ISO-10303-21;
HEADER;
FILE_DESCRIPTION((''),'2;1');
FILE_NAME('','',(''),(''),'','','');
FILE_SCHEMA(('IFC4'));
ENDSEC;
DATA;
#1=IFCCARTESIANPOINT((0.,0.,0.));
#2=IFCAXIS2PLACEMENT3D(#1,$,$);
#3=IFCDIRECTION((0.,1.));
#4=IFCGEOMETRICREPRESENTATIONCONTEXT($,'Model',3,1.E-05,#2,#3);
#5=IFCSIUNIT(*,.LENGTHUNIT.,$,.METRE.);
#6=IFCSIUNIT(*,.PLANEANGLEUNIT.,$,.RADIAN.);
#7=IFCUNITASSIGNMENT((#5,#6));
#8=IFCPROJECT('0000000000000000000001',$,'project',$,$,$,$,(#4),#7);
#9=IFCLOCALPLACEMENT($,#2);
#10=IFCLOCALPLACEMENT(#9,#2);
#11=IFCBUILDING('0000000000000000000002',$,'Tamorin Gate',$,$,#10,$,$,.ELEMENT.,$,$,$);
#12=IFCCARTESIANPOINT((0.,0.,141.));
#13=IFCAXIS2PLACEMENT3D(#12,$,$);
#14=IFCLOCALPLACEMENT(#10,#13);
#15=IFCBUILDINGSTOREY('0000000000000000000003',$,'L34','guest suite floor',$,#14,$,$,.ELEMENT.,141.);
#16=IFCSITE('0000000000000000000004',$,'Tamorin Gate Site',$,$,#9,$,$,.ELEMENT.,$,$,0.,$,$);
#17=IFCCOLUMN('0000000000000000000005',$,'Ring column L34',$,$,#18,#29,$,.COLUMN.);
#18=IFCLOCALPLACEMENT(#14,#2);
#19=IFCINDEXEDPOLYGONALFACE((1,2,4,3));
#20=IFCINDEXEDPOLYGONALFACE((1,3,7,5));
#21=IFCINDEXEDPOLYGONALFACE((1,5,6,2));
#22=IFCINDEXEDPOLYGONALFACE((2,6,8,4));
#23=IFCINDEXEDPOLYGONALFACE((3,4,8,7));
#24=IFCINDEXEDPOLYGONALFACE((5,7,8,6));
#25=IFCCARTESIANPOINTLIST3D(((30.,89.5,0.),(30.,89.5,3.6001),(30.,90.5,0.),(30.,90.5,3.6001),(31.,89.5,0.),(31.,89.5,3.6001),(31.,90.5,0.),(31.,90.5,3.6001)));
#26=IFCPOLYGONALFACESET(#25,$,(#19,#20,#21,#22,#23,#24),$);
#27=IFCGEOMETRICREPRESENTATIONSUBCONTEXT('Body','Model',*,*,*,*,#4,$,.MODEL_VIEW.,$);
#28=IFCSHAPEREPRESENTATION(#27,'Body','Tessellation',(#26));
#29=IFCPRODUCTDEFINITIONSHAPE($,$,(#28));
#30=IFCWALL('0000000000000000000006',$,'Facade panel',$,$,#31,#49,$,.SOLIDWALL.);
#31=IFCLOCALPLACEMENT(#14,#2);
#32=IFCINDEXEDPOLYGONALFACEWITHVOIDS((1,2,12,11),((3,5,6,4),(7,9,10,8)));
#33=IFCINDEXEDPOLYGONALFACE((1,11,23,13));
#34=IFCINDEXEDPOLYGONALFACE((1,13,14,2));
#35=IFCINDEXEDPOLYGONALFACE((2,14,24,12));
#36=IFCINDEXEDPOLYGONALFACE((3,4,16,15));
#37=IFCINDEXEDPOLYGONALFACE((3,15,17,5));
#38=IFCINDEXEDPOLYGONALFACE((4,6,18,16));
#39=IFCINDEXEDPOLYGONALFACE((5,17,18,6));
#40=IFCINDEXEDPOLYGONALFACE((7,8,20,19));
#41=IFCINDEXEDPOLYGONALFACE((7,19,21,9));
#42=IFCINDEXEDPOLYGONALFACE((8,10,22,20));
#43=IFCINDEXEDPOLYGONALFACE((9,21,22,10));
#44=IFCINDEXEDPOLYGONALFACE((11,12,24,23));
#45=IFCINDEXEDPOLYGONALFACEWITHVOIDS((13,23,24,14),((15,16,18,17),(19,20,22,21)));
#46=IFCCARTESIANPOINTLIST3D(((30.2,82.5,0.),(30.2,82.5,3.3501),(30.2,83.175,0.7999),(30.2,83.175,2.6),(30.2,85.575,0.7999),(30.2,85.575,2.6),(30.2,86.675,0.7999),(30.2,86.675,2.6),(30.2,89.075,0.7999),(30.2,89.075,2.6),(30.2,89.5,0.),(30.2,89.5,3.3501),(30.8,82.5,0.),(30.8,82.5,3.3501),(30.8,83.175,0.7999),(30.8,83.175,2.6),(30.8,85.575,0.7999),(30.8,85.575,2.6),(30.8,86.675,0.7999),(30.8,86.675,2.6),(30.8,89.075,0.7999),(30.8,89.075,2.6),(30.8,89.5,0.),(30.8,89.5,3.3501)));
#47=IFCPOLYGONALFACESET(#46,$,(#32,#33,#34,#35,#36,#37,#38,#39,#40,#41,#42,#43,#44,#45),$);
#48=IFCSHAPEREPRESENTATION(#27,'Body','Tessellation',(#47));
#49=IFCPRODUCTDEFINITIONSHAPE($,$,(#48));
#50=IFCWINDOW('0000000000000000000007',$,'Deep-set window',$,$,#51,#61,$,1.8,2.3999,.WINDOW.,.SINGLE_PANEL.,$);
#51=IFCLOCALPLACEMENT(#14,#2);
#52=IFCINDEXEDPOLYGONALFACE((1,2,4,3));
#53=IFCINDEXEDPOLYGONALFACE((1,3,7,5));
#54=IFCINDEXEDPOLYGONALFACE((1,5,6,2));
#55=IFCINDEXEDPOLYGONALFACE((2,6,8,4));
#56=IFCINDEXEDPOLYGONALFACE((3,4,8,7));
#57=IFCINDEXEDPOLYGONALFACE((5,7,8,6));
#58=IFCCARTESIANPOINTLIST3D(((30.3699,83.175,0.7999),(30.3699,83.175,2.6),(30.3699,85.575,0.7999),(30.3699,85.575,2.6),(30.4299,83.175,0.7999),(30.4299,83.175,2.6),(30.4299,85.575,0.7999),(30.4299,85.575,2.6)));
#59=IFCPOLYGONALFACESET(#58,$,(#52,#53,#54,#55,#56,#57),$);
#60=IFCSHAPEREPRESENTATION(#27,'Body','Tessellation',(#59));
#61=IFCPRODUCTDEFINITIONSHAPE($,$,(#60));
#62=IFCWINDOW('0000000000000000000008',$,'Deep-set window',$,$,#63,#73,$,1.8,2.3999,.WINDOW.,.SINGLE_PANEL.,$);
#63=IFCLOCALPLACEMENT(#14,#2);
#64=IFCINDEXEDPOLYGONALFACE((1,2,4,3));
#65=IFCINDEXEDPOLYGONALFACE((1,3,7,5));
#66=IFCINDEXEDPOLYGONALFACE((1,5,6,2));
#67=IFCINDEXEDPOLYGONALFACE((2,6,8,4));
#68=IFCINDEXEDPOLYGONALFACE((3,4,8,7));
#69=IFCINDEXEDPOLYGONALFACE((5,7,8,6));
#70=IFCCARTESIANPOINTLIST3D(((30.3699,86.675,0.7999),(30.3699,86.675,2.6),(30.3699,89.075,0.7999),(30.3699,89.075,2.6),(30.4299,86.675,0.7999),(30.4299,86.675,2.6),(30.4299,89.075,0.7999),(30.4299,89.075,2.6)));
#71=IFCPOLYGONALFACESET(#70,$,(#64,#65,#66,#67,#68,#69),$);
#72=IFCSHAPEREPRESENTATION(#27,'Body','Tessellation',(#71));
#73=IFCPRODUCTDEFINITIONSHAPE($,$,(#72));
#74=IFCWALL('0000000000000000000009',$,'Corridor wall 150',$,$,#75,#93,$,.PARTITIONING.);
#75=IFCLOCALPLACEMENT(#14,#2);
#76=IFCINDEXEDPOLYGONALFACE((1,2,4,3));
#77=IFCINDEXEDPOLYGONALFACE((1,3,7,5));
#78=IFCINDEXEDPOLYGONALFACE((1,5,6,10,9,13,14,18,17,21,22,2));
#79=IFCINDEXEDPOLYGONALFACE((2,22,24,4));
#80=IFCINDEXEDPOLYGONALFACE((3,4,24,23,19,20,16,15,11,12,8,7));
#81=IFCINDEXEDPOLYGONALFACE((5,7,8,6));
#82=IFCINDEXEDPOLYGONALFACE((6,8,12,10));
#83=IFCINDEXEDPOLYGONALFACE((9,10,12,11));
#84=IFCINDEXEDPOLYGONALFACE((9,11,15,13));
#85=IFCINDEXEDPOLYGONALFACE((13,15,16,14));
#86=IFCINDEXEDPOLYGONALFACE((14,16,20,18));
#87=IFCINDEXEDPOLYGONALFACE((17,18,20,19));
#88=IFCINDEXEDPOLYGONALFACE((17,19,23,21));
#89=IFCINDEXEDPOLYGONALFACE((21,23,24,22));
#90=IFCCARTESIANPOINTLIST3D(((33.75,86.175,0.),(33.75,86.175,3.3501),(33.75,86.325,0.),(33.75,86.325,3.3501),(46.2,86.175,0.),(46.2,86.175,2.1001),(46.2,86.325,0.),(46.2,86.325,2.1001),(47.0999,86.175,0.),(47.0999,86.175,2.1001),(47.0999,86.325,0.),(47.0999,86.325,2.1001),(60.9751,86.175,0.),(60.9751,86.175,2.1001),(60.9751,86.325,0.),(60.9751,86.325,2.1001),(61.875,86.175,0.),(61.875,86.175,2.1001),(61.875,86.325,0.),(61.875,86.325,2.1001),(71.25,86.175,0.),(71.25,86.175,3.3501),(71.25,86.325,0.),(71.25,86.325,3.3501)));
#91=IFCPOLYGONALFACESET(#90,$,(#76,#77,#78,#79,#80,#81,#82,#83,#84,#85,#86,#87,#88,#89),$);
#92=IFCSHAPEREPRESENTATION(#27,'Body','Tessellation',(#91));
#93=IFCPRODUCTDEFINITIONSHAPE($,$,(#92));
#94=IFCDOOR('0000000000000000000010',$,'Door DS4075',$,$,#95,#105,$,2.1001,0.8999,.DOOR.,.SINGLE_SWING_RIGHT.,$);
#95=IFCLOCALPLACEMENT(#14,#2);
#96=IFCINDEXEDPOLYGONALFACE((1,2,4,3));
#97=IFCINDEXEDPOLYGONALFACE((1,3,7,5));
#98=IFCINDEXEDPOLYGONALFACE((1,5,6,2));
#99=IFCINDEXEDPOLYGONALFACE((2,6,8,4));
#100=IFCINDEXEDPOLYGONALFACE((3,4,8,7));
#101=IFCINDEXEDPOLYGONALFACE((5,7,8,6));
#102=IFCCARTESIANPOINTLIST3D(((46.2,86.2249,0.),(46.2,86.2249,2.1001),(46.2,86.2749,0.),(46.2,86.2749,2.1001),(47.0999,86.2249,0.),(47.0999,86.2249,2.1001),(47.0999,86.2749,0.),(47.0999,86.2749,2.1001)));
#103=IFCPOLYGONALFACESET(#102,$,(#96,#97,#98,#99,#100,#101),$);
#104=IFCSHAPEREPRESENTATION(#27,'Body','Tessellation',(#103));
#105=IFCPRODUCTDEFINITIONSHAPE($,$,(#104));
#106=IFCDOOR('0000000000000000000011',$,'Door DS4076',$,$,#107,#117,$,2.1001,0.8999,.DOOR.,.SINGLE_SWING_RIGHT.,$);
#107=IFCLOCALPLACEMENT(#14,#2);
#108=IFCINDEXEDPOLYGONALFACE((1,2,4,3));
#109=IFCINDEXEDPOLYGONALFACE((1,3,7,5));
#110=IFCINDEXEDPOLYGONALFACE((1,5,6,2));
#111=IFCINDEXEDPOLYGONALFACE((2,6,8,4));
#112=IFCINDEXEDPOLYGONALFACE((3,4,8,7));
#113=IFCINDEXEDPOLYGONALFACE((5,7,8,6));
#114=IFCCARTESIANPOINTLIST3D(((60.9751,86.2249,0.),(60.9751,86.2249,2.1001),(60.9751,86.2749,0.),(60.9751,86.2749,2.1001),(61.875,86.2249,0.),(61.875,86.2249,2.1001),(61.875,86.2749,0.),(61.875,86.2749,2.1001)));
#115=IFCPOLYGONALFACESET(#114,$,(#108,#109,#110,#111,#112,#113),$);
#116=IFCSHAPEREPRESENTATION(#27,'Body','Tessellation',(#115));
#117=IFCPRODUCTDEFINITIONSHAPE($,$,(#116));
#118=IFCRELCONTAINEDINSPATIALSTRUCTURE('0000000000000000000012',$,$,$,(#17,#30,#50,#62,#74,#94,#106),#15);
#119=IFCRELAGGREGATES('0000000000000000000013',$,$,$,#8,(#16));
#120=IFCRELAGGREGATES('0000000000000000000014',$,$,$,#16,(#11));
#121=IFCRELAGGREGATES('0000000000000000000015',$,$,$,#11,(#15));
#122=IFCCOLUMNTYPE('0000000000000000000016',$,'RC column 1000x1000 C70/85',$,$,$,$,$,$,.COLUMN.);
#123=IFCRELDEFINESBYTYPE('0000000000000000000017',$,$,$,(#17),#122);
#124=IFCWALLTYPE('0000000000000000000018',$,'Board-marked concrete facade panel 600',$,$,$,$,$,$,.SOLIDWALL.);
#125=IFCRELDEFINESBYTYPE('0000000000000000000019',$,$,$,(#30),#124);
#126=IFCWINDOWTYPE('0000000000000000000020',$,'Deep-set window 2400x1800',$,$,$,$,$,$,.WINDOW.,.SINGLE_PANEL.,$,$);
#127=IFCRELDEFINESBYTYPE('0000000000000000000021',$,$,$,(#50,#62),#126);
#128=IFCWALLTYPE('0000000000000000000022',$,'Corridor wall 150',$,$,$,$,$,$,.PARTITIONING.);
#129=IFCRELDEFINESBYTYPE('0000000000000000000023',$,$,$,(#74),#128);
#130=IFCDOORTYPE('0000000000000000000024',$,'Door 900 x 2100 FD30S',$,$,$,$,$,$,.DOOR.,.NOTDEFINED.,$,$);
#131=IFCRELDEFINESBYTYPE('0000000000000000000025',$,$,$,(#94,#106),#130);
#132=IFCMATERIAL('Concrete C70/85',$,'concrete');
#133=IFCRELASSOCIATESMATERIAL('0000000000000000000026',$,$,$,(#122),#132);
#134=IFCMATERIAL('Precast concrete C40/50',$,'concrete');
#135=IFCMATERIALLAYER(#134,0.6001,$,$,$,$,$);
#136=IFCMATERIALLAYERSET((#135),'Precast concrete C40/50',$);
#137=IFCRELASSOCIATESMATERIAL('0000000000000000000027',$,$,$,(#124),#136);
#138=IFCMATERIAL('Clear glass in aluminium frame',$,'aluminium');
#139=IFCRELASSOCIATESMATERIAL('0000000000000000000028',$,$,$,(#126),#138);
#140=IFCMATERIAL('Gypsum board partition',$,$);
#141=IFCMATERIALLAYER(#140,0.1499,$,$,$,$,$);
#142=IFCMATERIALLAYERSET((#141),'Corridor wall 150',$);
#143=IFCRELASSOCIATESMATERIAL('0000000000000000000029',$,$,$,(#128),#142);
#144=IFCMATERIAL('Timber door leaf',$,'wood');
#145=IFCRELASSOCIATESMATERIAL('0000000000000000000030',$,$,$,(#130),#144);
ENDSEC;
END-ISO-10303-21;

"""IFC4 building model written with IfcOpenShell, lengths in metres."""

from ifc_helpers import new_model, si_unit, direction, frame, frame_2d, origin, origin_2d, place, context, subcontext, project, spatial, rectangle, extrude, material, layer, layer_set, material_profile, profile_set, type_object, element, fill, save


model = new_model("IFC4")

# Units and contexts
model_context = context("Model", 3, precision=1e-05, world=origin(), true_north=direction((0.0, 1.0)))
body_context = subcontext(model_context, "Body", "Model", "MODEL_VIEW")
ifc_project = project(units=[si_unit("LENGTHUNIT", "METRE"), si_unit("PLANEANGLEUNIT", "RADIAN")], contexts=[model_context])

# Site, building, storey
site_placement = place(None, origin())
site = spatial("IfcSite", under=ifc_project, at=site_placement, Name="Tamorin Gate Site", CompositionType="ELEMENT", RefElevation=0.0)
building_placement = place(site_placement, origin())
building = spatial("IfcBuilding", under=site, at=building_placement, Name="Tamorin Gate", CompositionType="ELEMENT")
storey_placement = place(building_placement, frame((0.0, 0.0, 141.0)))
storey = spatial("IfcBuildingStorey", under=building, at=storey_placement, Name="L34", Description="guest suite floor", CompositionType="ELEMENT", Elevation=141.0)

# Column
ifc_material_1 = material(Name="Concrete C70/85", Category="concrete")
ifc_material_profile = material_profile(ifc_material_1, rectangle(XDim=1.0, YDim=1.0, at=origin_2d()), Name="RC 1000x1000")
ifc_profile_set = profile_set([ifc_material_profile], Name="Concrete C70/85")
column_type = type_object("IfcColumnType", Name="RC column 1000x1000 C70/85", PredefinedType="COLUMN", material=ifc_profile_set)
column_placement = place(storey_placement, frame((30.5, 90.0, 0.0), z_axis=(0.0, 0.0, 1.0), x_axis=(1.0, 0.0, 0.0)))
element("IfcColumn", 1, at=column_placement, inside=storey, type_object=column_type, Name="Ring column L34", PredefinedType="COLUMN", context=body_context, shape_type="SweptSolid", body=[
    extrude(rectangle(XDim=1.0, YDim=1.0, at=origin_2d()), origin(), (0.0, 0.0, 1.0), 3.6001),
])

# Wall, openings, windows
ifc_material_2 = material(Name="Precast concrete C40/50", Category="concrete")
ifc_layer_1 = layer(ifc_material_2, 0.6001)
ifc_layer_set_1 = layer_set([ifc_layer_1], Name="Precast concrete C40/50")
wall_type_1 = type_object("IfcWallType", Name="Board-marked concrete facade panel 600", PredefinedType="SOLIDWALL", material=ifc_layer_set_1)
wall_1_placement = place(storey_placement, frame((30.5, 89.5, 0.0), z_axis=(0.0, 0.0, 1.0), x_axis=(0.0, -1.0, 0.0)))
wall_1 = element("IfcWall", 2, at=wall_1_placement, inside=storey, type_object=wall_type_1, Name="Facade panel", PredefinedType="SOLIDWALL", context=body_context, shape_type="SweptSolid", body=[
    extrude(rectangle(XDim=7.0, YDim=0.6001, at=frame_2d((3.5, 0.0))), origin(), (0.0, 0.0, 1.0), 3.3501),
])
opening_1_placement = place(wall_1_placement, frame((3.925, 0.0, 0.8)))
opening_1 = element("IfcOpeningElement", 3, at=opening_1_placement, cuts=wall_1, PredefinedType="OPENING", context=body_context, shape_type="SweptSolid", body=[
    extrude(rectangle(XDim=2.3999, YDim=1.8, at=frame_2d((1.2, 0.8999))), frame((0.0, 0.3101, 0.0), z_axis=(0.0, -1.0, 0.0), x_axis=(1.0, 0.0, 0.0)), (0.0, 0.0, 1.0), 0.6201),
])
opening_2_placement = place(wall_1_placement, frame((0.425, 0.0, 0.8)))
opening_2 = element("IfcOpeningElement", 4, at=opening_2_placement, cuts=wall_1, PredefinedType="OPENING", context=body_context, shape_type="SweptSolid", body=[
    extrude(rectangle(XDim=2.3999, YDim=1.8, at=frame_2d((1.2, 0.8999))), frame((0.0, 0.3101, 0.0), z_axis=(0.0, -1.0, 0.0), x_axis=(1.0, 0.0, 0.0)), (0.0, 0.0, 1.0), 0.6201),
])
ifc_material_3 = material(Name="Clear glass in aluminium frame", Category="aluminium")
window_type = type_object("IfcWindowType", Name="Deep-set window 2400x1800", PartitioningType="SINGLE_PANEL", PredefinedType="WINDOW", material=ifc_material_3)
window_1_placement = place(opening_1_placement, origin())
window_1 = element("IfcWindow", 5, at=window_1_placement, inside=storey, type_object=window_type, Name="Deep-set window", OverallHeight=1.8, OverallWidth=2.3999, PartitioningType="SINGLE_PANEL", PredefinedType="WINDOW", context=body_context, shape_type="SweptSolid", body=[
    extrude(rectangle(XDim=2.3999, YDim=1.8, at=frame_2d((1.2, 0.8999))), frame((0.0, -0.0701, 0.0), z_axis=(0.0, -1.0, 0.0), x_axis=(1.0, 0.0, 0.0)), (0.0, 0.0, 1.0), 0.0601),
])
fill(opening_1, window_1)
window_2_placement = place(opening_2_placement, origin())
window_2 = element("IfcWindow", 6, at=window_2_placement, inside=storey, type_object=window_type, Name="Deep-set window", OverallHeight=1.8, OverallWidth=2.3999, PartitioningType="SINGLE_PANEL", PredefinedType="WINDOW", context=body_context, shape_type="SweptSolid", body=[
    extrude(rectangle(XDim=2.3999, YDim=1.8, at=frame_2d((1.2, 0.8999))), frame((0.0, -0.0701, 0.0), z_axis=(0.0, -1.0, 0.0), x_axis=(1.0, 0.0, 0.0)), (0.0, 0.0, 1.0), 0.0601),
])
fill(opening_2, window_2)

# Wall, openings, doors
ifc_material_4 = material(Name="Gypsum board partition")
ifc_layer_2 = layer(ifc_material_4, 0.1499)
ifc_layer_set_2 = layer_set([ifc_layer_2], Name="Corridor wall 150")
wall_type_2 = type_object("IfcWallType", Name="Corridor wall 150", PredefinedType="PARTITIONING", material=ifc_layer_set_2)
wall_2_placement = place(storey_placement, frame((33.75, 86.25, 0.0), z_axis=(0.0, 0.0, 1.0), x_axis=(1.0, 0.0, 0.0)))
wall_2 = element("IfcWall", 7, at=wall_2_placement, inside=storey, type_object=wall_type_2, Name="Corridor wall 150", PredefinedType="PARTITIONING", context=body_context, shape_type="SweptSolid", body=[
    extrude(rectangle(XDim=37.5, YDim=0.1499, at=frame_2d((18.75, 0.0))), origin(), (0.0, 0.0, 1.0), 3.3501),
])
opening_3_placement = place(wall_2_placement, frame((12.45, 0.0, 0.0)))
opening_3 = element("IfcOpeningElement", 8, at=opening_3_placement, cuts=wall_2, PredefinedType="OPENING", context=body_context, shape_type="SweptSolid", body=[
    extrude(rectangle(XDim=0.8999, YDim=2.1001, at=frame_2d((0.45, 1.05))), frame((0.0, 0.085, 0.0), z_axis=(0.0, -1.0, 0.0), x_axis=(1.0, 0.0, 0.0)), (0.0, 0.0, 1.0), 0.1699),
])
opening_4_placement = place(wall_2_placement, frame((27.2251, 0.0, 0.0)))
opening_4 = element("IfcOpeningElement", 9, at=opening_4_placement, cuts=wall_2, PredefinedType="OPENING", context=body_context, shape_type="SweptSolid", body=[
    extrude(rectangle(XDim=0.8999, YDim=2.1001, at=frame_2d((0.45, 1.05))), frame((0.0, 0.085, 0.0), z_axis=(0.0, -1.0, 0.0), x_axis=(1.0, 0.0, 0.0)), (0.0, 0.0, 1.0), 0.1699),
])
ifc_material_5 = material(Name="Timber door leaf", Category="wood")
door_type_1 = type_object("IfcDoorType", Name="Door 900 x 2100 FD30S", OperationType="NOTDEFINED", PredefinedType="DOOR", material=ifc_material_5)
door_1_placement = place(opening_3_placement, origin())
door_1 = element("IfcDoor", 10, at=door_1_placement, inside=storey, type_object=door_type_1, Name="Door DS4075", OperationType="SINGLE_SWING_RIGHT", OverallHeight=2.1001, OverallWidth=0.8999, PredefinedType="DOOR", context=body_context, shape_type="SweptSolid", body=[
    extrude(rectangle(XDim=0.8999, YDim=2.1001, at=frame_2d((0.45, 1.05))), frame((0.0, 0.0249, 0.0), z_axis=(0.0, -1.0, 0.0), x_axis=(1.0, 0.0, 0.0)), (0.0, 0.0, 1.0), 0.05),
])
fill(opening_3, door_1)
door_2_placement = place(opening_4_placement, origin())
door_2 = element("IfcDoor", 11, at=door_2_placement, inside=storey, type_object=door_type_1, Name="Door DS4076", OperationType="SINGLE_SWING_RIGHT", OverallHeight=2.1001, OverallWidth=0.8999, PredefinedType="DOOR", context=body_context, shape_type="SweptSolid", body=[
    extrude(rectangle(XDim=0.8999, YDim=2.1001, at=frame_2d((0.45, 1.05))), frame((0.0, 0.0249, 0.0), z_axis=(0.0, -1.0, 0.0), x_axis=(1.0, 0.0, 0.0)), (0.0, 0.0, 1.0), 0.05),
])
fill(opening_4, door_2)

save(model, "model.ifc")
